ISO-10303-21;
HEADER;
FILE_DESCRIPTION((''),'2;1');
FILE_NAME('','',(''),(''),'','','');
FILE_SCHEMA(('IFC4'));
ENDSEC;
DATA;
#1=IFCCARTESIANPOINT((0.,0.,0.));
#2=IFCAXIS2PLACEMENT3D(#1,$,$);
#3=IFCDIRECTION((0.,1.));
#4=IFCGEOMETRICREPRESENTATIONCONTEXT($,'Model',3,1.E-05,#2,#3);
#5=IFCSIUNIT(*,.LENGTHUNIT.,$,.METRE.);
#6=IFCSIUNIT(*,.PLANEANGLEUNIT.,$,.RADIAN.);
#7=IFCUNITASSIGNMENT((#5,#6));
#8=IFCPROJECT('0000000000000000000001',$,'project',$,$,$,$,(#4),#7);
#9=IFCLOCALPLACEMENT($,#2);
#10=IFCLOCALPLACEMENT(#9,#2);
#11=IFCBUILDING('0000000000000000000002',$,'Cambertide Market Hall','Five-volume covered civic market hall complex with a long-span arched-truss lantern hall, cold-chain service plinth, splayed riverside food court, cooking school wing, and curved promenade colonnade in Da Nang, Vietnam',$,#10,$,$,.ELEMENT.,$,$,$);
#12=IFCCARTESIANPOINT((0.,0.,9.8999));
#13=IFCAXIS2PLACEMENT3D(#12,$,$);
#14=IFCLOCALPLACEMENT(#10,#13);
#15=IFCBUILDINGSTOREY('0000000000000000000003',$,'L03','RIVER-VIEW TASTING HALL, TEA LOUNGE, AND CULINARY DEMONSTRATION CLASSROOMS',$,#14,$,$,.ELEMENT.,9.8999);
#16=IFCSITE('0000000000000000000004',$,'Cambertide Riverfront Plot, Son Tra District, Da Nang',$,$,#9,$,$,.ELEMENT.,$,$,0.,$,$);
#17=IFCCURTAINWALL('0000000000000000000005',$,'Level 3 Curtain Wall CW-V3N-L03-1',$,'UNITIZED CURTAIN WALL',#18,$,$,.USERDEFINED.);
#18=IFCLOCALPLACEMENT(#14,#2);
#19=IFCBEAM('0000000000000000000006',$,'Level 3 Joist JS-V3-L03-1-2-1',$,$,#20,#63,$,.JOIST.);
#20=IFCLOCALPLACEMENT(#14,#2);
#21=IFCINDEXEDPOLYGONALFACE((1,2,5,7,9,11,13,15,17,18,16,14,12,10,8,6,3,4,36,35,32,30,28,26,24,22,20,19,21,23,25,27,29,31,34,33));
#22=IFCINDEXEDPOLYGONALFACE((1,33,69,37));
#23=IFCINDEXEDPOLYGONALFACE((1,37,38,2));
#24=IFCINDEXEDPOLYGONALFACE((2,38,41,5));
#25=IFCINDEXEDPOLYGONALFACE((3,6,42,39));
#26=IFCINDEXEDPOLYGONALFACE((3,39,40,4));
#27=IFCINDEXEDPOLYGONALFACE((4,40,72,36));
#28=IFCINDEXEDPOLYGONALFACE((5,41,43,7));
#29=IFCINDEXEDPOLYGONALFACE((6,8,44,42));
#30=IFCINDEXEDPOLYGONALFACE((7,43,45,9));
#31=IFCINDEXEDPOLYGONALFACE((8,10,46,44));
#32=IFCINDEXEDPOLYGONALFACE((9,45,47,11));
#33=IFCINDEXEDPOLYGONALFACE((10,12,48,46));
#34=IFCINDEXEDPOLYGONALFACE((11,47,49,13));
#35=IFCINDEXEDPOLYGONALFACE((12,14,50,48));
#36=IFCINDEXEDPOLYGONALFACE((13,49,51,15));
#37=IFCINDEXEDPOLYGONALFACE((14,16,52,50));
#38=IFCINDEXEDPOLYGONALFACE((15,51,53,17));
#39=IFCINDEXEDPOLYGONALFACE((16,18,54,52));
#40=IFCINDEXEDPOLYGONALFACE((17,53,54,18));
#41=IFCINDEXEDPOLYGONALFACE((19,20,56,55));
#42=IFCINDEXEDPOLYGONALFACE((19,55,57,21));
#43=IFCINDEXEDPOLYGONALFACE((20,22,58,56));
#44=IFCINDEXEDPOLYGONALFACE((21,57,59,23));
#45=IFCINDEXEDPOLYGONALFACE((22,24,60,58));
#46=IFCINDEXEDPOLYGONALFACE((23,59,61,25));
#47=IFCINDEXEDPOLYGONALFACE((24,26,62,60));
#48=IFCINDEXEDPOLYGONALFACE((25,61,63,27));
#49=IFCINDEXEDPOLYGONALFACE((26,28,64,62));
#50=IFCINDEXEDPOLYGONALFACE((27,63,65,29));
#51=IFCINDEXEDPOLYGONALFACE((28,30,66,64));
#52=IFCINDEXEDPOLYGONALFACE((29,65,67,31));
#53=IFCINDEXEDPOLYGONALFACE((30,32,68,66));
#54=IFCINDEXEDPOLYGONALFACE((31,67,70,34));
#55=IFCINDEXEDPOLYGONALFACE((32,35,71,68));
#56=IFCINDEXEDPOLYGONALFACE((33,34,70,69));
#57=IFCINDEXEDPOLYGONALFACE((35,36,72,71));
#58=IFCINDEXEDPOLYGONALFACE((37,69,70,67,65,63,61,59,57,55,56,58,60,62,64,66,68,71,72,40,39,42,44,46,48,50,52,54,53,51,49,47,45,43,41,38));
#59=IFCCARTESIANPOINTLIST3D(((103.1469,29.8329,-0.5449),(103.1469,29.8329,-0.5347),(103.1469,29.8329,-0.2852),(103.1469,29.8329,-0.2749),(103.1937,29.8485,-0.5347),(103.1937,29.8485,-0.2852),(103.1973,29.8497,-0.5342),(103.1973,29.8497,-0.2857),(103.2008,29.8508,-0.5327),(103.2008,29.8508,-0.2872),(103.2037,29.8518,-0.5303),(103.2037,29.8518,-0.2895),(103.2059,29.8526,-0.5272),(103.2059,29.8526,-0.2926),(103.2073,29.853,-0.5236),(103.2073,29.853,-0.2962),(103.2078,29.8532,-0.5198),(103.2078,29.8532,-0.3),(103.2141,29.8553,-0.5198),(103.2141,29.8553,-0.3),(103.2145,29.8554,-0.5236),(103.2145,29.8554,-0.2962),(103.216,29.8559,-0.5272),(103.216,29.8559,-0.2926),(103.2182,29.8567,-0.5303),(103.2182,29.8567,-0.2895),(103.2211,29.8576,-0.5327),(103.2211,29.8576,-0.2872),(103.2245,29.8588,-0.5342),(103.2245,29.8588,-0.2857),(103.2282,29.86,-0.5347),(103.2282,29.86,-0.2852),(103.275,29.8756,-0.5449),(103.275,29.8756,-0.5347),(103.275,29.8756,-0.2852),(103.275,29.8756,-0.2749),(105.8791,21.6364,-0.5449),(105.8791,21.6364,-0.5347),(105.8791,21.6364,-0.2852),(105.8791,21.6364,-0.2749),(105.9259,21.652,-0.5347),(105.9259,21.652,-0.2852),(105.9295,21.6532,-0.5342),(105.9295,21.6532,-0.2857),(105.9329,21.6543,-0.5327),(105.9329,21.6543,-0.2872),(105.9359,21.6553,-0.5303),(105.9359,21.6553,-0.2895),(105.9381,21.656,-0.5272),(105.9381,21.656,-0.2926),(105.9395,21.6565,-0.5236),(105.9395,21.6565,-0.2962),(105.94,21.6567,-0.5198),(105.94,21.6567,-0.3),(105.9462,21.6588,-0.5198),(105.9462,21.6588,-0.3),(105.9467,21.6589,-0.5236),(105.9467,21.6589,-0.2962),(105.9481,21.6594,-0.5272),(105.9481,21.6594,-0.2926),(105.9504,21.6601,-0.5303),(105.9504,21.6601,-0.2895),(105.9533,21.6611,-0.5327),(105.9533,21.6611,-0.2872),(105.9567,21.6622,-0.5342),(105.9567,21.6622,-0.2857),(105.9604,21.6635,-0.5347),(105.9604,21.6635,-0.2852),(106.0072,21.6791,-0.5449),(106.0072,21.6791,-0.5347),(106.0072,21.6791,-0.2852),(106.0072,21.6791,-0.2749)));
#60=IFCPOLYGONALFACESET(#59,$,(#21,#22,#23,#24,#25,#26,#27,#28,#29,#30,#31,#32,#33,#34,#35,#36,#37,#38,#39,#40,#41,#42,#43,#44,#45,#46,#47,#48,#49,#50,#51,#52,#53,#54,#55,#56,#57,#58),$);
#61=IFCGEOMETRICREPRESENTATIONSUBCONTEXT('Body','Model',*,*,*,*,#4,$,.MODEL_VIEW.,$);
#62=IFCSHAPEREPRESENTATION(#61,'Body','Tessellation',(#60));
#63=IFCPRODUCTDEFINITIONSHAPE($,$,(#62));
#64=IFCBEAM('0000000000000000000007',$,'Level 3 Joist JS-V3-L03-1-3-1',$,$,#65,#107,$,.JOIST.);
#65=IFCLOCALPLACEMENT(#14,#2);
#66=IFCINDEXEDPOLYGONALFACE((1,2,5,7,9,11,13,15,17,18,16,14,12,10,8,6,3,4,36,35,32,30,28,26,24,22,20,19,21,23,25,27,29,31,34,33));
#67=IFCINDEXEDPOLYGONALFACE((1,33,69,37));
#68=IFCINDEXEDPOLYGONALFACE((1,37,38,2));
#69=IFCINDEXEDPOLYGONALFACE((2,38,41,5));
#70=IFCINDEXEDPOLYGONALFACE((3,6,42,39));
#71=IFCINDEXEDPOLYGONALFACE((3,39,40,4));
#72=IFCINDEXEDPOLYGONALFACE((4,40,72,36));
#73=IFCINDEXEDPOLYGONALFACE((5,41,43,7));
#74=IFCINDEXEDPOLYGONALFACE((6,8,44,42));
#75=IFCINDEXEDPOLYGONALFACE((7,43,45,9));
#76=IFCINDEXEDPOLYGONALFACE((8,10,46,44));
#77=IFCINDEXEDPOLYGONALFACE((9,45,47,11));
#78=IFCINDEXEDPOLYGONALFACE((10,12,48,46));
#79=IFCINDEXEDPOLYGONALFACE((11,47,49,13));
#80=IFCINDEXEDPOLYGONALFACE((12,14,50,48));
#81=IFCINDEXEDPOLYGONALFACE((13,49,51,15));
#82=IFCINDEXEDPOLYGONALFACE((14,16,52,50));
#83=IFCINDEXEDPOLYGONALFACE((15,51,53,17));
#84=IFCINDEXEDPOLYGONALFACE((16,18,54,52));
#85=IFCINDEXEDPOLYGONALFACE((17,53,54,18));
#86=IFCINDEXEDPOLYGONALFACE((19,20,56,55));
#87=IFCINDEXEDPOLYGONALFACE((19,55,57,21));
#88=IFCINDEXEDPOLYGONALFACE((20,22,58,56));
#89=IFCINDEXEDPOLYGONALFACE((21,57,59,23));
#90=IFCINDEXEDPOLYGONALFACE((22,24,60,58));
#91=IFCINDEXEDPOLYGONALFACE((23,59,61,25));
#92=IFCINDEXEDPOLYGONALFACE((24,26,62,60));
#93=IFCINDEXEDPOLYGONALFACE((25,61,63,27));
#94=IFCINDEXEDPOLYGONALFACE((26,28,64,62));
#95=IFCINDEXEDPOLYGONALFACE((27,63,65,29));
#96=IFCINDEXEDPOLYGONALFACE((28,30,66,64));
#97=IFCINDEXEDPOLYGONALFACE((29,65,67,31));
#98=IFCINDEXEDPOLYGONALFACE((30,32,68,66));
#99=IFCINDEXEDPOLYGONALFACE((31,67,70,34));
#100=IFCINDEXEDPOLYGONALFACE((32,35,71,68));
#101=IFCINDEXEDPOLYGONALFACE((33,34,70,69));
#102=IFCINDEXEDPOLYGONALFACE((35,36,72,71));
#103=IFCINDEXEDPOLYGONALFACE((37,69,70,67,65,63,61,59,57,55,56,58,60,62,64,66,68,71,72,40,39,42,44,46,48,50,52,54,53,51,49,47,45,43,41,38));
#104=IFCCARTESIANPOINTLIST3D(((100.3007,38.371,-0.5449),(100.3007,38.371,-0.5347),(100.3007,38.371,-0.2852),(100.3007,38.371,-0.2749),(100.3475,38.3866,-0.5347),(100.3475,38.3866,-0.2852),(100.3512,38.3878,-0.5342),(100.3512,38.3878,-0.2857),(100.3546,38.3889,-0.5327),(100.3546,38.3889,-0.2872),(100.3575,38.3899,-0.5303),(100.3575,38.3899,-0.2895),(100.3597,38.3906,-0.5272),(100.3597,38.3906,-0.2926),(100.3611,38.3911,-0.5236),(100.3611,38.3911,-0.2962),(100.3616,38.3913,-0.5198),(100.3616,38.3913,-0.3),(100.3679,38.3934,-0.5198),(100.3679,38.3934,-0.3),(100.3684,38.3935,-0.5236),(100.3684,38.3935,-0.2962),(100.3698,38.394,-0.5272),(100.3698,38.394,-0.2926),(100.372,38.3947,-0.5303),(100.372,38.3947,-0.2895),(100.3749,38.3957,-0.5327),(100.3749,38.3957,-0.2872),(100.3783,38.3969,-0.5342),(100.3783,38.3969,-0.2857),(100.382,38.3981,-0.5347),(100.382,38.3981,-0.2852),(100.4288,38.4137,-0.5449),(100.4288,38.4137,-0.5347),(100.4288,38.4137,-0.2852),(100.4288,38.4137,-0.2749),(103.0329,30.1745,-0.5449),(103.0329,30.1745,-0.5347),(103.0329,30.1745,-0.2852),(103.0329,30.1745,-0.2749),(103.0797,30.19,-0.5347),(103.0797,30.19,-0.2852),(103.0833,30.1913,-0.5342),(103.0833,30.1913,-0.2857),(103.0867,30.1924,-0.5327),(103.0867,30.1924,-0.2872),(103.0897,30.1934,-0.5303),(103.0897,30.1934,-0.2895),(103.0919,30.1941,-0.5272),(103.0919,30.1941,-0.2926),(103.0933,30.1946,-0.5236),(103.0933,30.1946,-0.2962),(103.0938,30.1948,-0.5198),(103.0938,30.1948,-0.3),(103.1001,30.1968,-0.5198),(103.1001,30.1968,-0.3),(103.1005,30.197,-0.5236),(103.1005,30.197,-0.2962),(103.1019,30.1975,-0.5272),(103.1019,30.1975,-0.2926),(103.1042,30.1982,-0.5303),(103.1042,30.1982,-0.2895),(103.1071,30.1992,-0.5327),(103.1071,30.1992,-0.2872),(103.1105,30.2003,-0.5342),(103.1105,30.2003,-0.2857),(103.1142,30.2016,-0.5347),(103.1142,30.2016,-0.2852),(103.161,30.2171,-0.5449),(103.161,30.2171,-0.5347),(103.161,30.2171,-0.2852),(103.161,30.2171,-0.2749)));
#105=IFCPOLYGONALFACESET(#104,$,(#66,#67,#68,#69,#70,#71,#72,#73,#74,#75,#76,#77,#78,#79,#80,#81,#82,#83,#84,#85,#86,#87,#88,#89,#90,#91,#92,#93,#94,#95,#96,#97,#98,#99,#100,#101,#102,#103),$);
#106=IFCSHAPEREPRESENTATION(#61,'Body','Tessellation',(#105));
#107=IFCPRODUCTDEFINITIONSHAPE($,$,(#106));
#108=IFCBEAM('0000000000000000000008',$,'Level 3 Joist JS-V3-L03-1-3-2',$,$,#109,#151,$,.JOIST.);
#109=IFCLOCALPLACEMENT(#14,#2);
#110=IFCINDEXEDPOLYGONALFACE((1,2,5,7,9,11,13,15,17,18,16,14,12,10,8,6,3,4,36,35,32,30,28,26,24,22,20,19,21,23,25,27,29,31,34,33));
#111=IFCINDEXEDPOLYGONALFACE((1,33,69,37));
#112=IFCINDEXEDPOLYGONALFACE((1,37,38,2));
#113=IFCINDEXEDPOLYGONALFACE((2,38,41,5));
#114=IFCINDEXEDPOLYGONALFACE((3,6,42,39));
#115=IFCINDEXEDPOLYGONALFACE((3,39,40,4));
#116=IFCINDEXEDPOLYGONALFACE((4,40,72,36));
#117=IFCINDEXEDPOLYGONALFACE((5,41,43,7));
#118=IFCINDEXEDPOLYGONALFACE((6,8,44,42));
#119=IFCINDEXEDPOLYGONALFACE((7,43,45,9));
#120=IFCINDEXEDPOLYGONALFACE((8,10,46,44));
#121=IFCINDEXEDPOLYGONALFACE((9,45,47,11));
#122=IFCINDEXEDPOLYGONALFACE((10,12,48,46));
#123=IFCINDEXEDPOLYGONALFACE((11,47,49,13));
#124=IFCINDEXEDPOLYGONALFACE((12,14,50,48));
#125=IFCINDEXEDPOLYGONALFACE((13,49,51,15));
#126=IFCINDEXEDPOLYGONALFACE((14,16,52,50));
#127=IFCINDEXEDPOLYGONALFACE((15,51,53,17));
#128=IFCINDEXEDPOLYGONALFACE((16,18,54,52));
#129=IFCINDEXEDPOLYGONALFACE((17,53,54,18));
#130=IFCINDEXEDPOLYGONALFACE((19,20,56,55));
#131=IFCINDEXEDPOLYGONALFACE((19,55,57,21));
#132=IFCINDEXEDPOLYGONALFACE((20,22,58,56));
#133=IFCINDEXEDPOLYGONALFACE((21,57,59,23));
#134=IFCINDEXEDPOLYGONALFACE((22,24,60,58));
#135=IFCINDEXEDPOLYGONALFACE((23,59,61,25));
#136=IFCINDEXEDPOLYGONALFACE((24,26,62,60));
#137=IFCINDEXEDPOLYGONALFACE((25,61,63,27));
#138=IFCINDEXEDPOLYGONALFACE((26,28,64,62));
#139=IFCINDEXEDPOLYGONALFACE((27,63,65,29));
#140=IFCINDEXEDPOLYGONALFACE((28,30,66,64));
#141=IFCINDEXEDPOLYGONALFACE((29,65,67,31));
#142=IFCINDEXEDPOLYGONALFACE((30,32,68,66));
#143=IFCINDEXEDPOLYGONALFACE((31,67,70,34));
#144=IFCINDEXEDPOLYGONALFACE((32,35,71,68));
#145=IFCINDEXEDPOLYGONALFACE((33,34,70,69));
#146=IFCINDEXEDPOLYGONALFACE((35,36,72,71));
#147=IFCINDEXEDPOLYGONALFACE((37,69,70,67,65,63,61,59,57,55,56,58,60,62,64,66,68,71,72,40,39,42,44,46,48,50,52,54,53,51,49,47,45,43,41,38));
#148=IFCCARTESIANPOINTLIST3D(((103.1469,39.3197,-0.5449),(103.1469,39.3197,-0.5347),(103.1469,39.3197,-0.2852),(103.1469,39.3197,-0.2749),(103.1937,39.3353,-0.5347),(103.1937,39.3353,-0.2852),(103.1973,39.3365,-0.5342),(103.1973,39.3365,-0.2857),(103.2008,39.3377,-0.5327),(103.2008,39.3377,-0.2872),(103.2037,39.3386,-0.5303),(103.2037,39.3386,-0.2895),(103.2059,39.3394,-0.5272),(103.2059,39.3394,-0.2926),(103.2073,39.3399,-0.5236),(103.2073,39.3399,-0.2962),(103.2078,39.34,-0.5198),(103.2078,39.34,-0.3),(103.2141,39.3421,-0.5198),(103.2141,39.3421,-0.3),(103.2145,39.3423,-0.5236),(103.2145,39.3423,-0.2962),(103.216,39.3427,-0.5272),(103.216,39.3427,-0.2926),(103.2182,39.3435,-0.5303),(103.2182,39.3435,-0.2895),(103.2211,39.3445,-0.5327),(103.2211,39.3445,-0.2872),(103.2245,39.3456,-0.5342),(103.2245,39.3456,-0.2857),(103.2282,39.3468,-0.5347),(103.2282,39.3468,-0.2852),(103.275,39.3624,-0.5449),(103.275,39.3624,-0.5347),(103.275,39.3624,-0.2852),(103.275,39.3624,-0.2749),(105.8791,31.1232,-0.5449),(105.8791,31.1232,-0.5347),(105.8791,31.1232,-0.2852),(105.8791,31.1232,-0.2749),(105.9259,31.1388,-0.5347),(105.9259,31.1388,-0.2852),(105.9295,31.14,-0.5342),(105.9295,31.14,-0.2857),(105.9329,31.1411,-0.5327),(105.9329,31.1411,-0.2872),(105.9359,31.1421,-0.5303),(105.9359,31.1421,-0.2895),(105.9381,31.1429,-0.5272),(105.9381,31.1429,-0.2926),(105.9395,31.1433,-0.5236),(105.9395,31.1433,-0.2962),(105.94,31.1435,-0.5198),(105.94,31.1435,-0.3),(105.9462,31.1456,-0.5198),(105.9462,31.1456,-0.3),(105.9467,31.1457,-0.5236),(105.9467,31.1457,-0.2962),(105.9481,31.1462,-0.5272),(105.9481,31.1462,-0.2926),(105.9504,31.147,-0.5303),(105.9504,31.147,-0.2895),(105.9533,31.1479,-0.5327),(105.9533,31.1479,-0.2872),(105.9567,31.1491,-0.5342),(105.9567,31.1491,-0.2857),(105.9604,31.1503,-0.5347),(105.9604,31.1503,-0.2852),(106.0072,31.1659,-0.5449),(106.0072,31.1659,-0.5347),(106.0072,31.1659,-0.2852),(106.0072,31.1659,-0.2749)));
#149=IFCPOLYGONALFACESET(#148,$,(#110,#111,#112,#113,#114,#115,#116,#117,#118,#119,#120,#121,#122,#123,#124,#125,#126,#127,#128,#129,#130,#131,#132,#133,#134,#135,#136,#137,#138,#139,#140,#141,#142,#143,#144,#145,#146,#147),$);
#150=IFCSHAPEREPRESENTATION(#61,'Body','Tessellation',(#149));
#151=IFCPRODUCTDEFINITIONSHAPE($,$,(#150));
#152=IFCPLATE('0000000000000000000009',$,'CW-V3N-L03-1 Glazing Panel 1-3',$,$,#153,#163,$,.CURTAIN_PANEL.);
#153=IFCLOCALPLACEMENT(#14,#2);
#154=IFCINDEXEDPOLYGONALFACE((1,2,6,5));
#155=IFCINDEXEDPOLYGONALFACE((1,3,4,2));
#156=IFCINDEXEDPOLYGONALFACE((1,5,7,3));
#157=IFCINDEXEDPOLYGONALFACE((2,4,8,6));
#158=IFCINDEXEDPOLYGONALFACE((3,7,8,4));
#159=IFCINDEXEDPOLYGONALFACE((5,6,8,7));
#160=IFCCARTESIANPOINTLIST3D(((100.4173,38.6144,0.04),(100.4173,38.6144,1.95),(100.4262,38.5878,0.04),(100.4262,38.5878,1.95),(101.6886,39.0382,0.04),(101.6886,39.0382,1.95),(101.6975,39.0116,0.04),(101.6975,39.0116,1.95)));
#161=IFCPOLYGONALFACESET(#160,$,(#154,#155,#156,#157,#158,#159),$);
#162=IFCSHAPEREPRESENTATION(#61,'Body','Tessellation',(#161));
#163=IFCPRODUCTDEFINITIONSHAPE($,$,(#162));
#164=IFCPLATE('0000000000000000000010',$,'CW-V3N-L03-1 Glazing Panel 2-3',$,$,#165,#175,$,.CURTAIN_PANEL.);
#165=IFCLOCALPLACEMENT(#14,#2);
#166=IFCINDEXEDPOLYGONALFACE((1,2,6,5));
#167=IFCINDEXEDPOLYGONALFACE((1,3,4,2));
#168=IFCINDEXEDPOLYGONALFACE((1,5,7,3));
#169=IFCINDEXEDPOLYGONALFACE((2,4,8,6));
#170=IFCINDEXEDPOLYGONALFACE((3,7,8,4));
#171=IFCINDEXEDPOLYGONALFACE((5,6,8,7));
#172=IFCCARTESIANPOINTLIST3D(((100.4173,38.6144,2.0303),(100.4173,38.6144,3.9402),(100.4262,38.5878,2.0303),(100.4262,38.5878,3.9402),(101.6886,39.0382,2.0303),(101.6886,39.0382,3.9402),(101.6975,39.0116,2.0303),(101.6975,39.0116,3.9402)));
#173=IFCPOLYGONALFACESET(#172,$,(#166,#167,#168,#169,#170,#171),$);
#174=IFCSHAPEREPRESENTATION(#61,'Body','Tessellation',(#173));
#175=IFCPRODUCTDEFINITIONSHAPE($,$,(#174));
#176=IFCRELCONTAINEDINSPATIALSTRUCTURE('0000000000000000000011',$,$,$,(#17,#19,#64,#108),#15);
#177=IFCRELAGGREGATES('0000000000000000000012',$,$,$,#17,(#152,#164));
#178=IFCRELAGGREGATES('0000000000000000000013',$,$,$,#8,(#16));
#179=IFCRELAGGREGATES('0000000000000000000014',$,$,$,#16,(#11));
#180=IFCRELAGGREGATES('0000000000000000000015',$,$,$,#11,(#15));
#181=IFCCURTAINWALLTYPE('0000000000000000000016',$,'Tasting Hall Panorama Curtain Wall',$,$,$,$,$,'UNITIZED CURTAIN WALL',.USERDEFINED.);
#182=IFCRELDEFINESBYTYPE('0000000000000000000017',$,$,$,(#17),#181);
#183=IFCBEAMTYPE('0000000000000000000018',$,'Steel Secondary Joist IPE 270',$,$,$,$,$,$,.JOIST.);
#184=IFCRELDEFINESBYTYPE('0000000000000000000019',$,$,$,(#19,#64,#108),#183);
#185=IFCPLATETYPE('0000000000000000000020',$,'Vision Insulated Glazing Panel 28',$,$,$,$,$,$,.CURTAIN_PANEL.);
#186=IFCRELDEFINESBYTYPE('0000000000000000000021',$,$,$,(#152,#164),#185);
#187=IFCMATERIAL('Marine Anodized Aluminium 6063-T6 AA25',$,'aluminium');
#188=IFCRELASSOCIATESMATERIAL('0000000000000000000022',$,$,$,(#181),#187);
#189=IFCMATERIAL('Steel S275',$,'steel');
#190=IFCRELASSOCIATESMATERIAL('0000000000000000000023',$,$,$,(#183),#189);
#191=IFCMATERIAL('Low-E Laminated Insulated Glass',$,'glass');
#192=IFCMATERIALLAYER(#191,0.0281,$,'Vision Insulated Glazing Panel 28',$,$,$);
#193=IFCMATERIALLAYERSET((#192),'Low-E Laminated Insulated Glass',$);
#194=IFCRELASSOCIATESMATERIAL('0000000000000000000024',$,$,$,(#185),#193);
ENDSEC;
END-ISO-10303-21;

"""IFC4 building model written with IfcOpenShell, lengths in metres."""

from ifc_helpers import new_model, si_unit, direction, frame, origin, origin_2d, place, context, subcontext, project, spatial, rectangle, i_section, extrude, material, layer, layer_set, material_profile, profile_set, type_object, element, aggregate, save


model = new_model("IFC4")

# Units and contexts
model_context = context("Model", 3, precision=1e-05, world=origin(), true_north=direction((0.0, 1.0)))
body_context = subcontext(model_context, "Body", "Model", "MODEL_VIEW")
ifc_project = project(units=[si_unit("LENGTHUNIT", "METRE"), si_unit("PLANEANGLEUNIT", "RADIAN")], contexts=[model_context])

# Site, building, storey
site_placement = place(None, origin())
site = spatial("IfcSite", under=ifc_project, at=site_placement, Name="Cambertide Riverfront Plot, Son Tra District, Da Nang", CompositionType="ELEMENT", RefElevation=0.0)
building_placement = place(site_placement, origin())
building = spatial("IfcBuilding", under=site, at=building_placement, Name="Cambertide Market Hall", Description="Five-volume covered civic market hall complex with a long-span arched-truss lantern hall, cold-chain service plinth, splayed riverside food court, cooking school wing, and curved promenade colonnade in Da Nang, Vietnam", CompositionType="ELEMENT")
storey_placement = place(building_placement, frame((0.0, 0.0, 9.8999)))
storey = spatial("IfcBuildingStorey", under=building, at=storey_placement, Name="L03", Description="RIVER-VIEW TASTING HALL, TEA LOUNGE, AND CULINARY DEMONSTRATION CLASSROOMS", CompositionType="ELEMENT", Elevation=9.8999)

# Curtain wall
ifc_material_1 = material(Name="Marine Anodized Aluminium 6063-T6 AA25", Category="aluminium")
curtain_wall_type = type_object("IfcCurtainWallType", Name="Tasting Hall Panorama Curtain Wall", ElementType="UNITIZED CURTAIN WALL", PredefinedType="USERDEFINED", material=ifc_material_1)
curtain_wall_placement = place(storey_placement, origin())
curtain_wall = element("IfcCurtainWall", 1, at=curtain_wall_placement, inside=storey, type_object=curtain_wall_type, Name="Level 3 Curtain Wall CW-V3N-L03-1", ObjectType="UNITIZED CURTAIN WALL", PredefinedType="USERDEFINED")

# Beams
ifc_material_2 = material(Name="Steel S275", Category="steel")
ifc_material_profile_1 = material_profile(ifc_material_2, i_section(OverallWidth=0.135, OverallDepth=0.27, WebThickness=0.0066, FlangeThickness=0.0103, FilletRadius=0.0149, at=origin_2d()), Name="IPE 270")
ifc_profile_set_1 = profile_set([ifc_material_profile_1], Name="Steel S275")
beam_type_1 = type_object("IfcBeamType", Name="Steel Secondary Joist IPE 270", PredefinedType="JOIST", material=ifc_profile_set_1)
for number, where, z_axis, x_axis, name in (
    (2, (105.9431, 21.6577, -0.4099), (-0.316228, 0.948683, 0.0), (-0.948683, -0.316228, 0.0), "Level 3 Joist JS-V3-L03-1-2-1"),
    (3, (103.0969, 30.1958, -0.4099), (-0.316228, 0.948683, 0.0), (-0.948683, -0.316228, 0.0), "Level 3 Joist JS-V3-L03-1-3-1"),
    (4, (105.9431, 31.1445, -0.4099), (-0.316228, 0.948683, 0.0), (-0.948683, -0.316228, 0.0), "Level 3 Joist JS-V3-L03-1-3-2"),
):
    element("IfcBeam", number, at=place(storey_placement, frame(where, z_axis=z_axis, x_axis=x_axis)), inside=storey, type_object=beam_type_1, Name=name, PredefinedType="JOIST", context=body_context, shape_type="SweptSolid", body=[
        extrude(i_section(OverallWidth=0.135, OverallDepth=0.27, WebThickness=0.0066, FlangeThickness=0.0103, FilletRadius=0.0149, at=origin_2d()), origin(), (0.0, 0.0, 1.0), 8.6399),
    ])

# Plates
ifc_material_3 = material(Name="Low-E Laminated Insulated Glass", Category="glass")
ifc_layer_1 = layer(ifc_material_3, 0.0281, Name="Vision Insulated Glazing Panel 28")
ifc_layer_set_1 = layer_set([ifc_layer_1], Name="Low-E Laminated Insulated Glass")
plate_type = type_object("IfcPlateType", Name="Vision Insulated Glazing Panel 28", PredefinedType="CURTAIN_PANEL", material=ifc_layer_set_1)
plate_1_placement = place(storey_placement, frame((101.0574, 38.813, 0.04), z_axis=(0.0, 0.0, 1.0), x_axis=(0.948683, 0.316228, 0.0)))
plate_1 = element("IfcPlate", 5, at=plate_1_placement, type_object=plate_type, Name="CW-V3N-L03-1 Glazing Panel 1-3", PredefinedType="CURTAIN_PANEL", context=body_context, shape_type="SweptSolid", body=[
    extrude(rectangle(XDim=1.3401, YDim=0.0281, at=origin_2d()), origin(), (0.0, 0.0, 1.0), 1.9099),
])
plate_2_placement = place(storey_placement, frame((101.0574, 38.813, 2.0303), z_axis=(0.0, 0.0, 1.0), x_axis=(0.948683, 0.316228, 0.0)))
plate_2 = element("IfcPlate", 6, at=plate_2_placement, type_object=plate_type, Name="CW-V3N-L03-1 Glazing Panel 2-3", PredefinedType="CURTAIN_PANEL", context=body_context, shape_type="SweptSolid", body=[
    extrude(rectangle(XDim=1.3401, YDim=0.0281, at=origin_2d()), origin(), (0.0, 0.0, 1.0), 1.9099),
])
aggregate(curtain_wall, [plate_1, plate_2])

save(model, "model.ifc")
